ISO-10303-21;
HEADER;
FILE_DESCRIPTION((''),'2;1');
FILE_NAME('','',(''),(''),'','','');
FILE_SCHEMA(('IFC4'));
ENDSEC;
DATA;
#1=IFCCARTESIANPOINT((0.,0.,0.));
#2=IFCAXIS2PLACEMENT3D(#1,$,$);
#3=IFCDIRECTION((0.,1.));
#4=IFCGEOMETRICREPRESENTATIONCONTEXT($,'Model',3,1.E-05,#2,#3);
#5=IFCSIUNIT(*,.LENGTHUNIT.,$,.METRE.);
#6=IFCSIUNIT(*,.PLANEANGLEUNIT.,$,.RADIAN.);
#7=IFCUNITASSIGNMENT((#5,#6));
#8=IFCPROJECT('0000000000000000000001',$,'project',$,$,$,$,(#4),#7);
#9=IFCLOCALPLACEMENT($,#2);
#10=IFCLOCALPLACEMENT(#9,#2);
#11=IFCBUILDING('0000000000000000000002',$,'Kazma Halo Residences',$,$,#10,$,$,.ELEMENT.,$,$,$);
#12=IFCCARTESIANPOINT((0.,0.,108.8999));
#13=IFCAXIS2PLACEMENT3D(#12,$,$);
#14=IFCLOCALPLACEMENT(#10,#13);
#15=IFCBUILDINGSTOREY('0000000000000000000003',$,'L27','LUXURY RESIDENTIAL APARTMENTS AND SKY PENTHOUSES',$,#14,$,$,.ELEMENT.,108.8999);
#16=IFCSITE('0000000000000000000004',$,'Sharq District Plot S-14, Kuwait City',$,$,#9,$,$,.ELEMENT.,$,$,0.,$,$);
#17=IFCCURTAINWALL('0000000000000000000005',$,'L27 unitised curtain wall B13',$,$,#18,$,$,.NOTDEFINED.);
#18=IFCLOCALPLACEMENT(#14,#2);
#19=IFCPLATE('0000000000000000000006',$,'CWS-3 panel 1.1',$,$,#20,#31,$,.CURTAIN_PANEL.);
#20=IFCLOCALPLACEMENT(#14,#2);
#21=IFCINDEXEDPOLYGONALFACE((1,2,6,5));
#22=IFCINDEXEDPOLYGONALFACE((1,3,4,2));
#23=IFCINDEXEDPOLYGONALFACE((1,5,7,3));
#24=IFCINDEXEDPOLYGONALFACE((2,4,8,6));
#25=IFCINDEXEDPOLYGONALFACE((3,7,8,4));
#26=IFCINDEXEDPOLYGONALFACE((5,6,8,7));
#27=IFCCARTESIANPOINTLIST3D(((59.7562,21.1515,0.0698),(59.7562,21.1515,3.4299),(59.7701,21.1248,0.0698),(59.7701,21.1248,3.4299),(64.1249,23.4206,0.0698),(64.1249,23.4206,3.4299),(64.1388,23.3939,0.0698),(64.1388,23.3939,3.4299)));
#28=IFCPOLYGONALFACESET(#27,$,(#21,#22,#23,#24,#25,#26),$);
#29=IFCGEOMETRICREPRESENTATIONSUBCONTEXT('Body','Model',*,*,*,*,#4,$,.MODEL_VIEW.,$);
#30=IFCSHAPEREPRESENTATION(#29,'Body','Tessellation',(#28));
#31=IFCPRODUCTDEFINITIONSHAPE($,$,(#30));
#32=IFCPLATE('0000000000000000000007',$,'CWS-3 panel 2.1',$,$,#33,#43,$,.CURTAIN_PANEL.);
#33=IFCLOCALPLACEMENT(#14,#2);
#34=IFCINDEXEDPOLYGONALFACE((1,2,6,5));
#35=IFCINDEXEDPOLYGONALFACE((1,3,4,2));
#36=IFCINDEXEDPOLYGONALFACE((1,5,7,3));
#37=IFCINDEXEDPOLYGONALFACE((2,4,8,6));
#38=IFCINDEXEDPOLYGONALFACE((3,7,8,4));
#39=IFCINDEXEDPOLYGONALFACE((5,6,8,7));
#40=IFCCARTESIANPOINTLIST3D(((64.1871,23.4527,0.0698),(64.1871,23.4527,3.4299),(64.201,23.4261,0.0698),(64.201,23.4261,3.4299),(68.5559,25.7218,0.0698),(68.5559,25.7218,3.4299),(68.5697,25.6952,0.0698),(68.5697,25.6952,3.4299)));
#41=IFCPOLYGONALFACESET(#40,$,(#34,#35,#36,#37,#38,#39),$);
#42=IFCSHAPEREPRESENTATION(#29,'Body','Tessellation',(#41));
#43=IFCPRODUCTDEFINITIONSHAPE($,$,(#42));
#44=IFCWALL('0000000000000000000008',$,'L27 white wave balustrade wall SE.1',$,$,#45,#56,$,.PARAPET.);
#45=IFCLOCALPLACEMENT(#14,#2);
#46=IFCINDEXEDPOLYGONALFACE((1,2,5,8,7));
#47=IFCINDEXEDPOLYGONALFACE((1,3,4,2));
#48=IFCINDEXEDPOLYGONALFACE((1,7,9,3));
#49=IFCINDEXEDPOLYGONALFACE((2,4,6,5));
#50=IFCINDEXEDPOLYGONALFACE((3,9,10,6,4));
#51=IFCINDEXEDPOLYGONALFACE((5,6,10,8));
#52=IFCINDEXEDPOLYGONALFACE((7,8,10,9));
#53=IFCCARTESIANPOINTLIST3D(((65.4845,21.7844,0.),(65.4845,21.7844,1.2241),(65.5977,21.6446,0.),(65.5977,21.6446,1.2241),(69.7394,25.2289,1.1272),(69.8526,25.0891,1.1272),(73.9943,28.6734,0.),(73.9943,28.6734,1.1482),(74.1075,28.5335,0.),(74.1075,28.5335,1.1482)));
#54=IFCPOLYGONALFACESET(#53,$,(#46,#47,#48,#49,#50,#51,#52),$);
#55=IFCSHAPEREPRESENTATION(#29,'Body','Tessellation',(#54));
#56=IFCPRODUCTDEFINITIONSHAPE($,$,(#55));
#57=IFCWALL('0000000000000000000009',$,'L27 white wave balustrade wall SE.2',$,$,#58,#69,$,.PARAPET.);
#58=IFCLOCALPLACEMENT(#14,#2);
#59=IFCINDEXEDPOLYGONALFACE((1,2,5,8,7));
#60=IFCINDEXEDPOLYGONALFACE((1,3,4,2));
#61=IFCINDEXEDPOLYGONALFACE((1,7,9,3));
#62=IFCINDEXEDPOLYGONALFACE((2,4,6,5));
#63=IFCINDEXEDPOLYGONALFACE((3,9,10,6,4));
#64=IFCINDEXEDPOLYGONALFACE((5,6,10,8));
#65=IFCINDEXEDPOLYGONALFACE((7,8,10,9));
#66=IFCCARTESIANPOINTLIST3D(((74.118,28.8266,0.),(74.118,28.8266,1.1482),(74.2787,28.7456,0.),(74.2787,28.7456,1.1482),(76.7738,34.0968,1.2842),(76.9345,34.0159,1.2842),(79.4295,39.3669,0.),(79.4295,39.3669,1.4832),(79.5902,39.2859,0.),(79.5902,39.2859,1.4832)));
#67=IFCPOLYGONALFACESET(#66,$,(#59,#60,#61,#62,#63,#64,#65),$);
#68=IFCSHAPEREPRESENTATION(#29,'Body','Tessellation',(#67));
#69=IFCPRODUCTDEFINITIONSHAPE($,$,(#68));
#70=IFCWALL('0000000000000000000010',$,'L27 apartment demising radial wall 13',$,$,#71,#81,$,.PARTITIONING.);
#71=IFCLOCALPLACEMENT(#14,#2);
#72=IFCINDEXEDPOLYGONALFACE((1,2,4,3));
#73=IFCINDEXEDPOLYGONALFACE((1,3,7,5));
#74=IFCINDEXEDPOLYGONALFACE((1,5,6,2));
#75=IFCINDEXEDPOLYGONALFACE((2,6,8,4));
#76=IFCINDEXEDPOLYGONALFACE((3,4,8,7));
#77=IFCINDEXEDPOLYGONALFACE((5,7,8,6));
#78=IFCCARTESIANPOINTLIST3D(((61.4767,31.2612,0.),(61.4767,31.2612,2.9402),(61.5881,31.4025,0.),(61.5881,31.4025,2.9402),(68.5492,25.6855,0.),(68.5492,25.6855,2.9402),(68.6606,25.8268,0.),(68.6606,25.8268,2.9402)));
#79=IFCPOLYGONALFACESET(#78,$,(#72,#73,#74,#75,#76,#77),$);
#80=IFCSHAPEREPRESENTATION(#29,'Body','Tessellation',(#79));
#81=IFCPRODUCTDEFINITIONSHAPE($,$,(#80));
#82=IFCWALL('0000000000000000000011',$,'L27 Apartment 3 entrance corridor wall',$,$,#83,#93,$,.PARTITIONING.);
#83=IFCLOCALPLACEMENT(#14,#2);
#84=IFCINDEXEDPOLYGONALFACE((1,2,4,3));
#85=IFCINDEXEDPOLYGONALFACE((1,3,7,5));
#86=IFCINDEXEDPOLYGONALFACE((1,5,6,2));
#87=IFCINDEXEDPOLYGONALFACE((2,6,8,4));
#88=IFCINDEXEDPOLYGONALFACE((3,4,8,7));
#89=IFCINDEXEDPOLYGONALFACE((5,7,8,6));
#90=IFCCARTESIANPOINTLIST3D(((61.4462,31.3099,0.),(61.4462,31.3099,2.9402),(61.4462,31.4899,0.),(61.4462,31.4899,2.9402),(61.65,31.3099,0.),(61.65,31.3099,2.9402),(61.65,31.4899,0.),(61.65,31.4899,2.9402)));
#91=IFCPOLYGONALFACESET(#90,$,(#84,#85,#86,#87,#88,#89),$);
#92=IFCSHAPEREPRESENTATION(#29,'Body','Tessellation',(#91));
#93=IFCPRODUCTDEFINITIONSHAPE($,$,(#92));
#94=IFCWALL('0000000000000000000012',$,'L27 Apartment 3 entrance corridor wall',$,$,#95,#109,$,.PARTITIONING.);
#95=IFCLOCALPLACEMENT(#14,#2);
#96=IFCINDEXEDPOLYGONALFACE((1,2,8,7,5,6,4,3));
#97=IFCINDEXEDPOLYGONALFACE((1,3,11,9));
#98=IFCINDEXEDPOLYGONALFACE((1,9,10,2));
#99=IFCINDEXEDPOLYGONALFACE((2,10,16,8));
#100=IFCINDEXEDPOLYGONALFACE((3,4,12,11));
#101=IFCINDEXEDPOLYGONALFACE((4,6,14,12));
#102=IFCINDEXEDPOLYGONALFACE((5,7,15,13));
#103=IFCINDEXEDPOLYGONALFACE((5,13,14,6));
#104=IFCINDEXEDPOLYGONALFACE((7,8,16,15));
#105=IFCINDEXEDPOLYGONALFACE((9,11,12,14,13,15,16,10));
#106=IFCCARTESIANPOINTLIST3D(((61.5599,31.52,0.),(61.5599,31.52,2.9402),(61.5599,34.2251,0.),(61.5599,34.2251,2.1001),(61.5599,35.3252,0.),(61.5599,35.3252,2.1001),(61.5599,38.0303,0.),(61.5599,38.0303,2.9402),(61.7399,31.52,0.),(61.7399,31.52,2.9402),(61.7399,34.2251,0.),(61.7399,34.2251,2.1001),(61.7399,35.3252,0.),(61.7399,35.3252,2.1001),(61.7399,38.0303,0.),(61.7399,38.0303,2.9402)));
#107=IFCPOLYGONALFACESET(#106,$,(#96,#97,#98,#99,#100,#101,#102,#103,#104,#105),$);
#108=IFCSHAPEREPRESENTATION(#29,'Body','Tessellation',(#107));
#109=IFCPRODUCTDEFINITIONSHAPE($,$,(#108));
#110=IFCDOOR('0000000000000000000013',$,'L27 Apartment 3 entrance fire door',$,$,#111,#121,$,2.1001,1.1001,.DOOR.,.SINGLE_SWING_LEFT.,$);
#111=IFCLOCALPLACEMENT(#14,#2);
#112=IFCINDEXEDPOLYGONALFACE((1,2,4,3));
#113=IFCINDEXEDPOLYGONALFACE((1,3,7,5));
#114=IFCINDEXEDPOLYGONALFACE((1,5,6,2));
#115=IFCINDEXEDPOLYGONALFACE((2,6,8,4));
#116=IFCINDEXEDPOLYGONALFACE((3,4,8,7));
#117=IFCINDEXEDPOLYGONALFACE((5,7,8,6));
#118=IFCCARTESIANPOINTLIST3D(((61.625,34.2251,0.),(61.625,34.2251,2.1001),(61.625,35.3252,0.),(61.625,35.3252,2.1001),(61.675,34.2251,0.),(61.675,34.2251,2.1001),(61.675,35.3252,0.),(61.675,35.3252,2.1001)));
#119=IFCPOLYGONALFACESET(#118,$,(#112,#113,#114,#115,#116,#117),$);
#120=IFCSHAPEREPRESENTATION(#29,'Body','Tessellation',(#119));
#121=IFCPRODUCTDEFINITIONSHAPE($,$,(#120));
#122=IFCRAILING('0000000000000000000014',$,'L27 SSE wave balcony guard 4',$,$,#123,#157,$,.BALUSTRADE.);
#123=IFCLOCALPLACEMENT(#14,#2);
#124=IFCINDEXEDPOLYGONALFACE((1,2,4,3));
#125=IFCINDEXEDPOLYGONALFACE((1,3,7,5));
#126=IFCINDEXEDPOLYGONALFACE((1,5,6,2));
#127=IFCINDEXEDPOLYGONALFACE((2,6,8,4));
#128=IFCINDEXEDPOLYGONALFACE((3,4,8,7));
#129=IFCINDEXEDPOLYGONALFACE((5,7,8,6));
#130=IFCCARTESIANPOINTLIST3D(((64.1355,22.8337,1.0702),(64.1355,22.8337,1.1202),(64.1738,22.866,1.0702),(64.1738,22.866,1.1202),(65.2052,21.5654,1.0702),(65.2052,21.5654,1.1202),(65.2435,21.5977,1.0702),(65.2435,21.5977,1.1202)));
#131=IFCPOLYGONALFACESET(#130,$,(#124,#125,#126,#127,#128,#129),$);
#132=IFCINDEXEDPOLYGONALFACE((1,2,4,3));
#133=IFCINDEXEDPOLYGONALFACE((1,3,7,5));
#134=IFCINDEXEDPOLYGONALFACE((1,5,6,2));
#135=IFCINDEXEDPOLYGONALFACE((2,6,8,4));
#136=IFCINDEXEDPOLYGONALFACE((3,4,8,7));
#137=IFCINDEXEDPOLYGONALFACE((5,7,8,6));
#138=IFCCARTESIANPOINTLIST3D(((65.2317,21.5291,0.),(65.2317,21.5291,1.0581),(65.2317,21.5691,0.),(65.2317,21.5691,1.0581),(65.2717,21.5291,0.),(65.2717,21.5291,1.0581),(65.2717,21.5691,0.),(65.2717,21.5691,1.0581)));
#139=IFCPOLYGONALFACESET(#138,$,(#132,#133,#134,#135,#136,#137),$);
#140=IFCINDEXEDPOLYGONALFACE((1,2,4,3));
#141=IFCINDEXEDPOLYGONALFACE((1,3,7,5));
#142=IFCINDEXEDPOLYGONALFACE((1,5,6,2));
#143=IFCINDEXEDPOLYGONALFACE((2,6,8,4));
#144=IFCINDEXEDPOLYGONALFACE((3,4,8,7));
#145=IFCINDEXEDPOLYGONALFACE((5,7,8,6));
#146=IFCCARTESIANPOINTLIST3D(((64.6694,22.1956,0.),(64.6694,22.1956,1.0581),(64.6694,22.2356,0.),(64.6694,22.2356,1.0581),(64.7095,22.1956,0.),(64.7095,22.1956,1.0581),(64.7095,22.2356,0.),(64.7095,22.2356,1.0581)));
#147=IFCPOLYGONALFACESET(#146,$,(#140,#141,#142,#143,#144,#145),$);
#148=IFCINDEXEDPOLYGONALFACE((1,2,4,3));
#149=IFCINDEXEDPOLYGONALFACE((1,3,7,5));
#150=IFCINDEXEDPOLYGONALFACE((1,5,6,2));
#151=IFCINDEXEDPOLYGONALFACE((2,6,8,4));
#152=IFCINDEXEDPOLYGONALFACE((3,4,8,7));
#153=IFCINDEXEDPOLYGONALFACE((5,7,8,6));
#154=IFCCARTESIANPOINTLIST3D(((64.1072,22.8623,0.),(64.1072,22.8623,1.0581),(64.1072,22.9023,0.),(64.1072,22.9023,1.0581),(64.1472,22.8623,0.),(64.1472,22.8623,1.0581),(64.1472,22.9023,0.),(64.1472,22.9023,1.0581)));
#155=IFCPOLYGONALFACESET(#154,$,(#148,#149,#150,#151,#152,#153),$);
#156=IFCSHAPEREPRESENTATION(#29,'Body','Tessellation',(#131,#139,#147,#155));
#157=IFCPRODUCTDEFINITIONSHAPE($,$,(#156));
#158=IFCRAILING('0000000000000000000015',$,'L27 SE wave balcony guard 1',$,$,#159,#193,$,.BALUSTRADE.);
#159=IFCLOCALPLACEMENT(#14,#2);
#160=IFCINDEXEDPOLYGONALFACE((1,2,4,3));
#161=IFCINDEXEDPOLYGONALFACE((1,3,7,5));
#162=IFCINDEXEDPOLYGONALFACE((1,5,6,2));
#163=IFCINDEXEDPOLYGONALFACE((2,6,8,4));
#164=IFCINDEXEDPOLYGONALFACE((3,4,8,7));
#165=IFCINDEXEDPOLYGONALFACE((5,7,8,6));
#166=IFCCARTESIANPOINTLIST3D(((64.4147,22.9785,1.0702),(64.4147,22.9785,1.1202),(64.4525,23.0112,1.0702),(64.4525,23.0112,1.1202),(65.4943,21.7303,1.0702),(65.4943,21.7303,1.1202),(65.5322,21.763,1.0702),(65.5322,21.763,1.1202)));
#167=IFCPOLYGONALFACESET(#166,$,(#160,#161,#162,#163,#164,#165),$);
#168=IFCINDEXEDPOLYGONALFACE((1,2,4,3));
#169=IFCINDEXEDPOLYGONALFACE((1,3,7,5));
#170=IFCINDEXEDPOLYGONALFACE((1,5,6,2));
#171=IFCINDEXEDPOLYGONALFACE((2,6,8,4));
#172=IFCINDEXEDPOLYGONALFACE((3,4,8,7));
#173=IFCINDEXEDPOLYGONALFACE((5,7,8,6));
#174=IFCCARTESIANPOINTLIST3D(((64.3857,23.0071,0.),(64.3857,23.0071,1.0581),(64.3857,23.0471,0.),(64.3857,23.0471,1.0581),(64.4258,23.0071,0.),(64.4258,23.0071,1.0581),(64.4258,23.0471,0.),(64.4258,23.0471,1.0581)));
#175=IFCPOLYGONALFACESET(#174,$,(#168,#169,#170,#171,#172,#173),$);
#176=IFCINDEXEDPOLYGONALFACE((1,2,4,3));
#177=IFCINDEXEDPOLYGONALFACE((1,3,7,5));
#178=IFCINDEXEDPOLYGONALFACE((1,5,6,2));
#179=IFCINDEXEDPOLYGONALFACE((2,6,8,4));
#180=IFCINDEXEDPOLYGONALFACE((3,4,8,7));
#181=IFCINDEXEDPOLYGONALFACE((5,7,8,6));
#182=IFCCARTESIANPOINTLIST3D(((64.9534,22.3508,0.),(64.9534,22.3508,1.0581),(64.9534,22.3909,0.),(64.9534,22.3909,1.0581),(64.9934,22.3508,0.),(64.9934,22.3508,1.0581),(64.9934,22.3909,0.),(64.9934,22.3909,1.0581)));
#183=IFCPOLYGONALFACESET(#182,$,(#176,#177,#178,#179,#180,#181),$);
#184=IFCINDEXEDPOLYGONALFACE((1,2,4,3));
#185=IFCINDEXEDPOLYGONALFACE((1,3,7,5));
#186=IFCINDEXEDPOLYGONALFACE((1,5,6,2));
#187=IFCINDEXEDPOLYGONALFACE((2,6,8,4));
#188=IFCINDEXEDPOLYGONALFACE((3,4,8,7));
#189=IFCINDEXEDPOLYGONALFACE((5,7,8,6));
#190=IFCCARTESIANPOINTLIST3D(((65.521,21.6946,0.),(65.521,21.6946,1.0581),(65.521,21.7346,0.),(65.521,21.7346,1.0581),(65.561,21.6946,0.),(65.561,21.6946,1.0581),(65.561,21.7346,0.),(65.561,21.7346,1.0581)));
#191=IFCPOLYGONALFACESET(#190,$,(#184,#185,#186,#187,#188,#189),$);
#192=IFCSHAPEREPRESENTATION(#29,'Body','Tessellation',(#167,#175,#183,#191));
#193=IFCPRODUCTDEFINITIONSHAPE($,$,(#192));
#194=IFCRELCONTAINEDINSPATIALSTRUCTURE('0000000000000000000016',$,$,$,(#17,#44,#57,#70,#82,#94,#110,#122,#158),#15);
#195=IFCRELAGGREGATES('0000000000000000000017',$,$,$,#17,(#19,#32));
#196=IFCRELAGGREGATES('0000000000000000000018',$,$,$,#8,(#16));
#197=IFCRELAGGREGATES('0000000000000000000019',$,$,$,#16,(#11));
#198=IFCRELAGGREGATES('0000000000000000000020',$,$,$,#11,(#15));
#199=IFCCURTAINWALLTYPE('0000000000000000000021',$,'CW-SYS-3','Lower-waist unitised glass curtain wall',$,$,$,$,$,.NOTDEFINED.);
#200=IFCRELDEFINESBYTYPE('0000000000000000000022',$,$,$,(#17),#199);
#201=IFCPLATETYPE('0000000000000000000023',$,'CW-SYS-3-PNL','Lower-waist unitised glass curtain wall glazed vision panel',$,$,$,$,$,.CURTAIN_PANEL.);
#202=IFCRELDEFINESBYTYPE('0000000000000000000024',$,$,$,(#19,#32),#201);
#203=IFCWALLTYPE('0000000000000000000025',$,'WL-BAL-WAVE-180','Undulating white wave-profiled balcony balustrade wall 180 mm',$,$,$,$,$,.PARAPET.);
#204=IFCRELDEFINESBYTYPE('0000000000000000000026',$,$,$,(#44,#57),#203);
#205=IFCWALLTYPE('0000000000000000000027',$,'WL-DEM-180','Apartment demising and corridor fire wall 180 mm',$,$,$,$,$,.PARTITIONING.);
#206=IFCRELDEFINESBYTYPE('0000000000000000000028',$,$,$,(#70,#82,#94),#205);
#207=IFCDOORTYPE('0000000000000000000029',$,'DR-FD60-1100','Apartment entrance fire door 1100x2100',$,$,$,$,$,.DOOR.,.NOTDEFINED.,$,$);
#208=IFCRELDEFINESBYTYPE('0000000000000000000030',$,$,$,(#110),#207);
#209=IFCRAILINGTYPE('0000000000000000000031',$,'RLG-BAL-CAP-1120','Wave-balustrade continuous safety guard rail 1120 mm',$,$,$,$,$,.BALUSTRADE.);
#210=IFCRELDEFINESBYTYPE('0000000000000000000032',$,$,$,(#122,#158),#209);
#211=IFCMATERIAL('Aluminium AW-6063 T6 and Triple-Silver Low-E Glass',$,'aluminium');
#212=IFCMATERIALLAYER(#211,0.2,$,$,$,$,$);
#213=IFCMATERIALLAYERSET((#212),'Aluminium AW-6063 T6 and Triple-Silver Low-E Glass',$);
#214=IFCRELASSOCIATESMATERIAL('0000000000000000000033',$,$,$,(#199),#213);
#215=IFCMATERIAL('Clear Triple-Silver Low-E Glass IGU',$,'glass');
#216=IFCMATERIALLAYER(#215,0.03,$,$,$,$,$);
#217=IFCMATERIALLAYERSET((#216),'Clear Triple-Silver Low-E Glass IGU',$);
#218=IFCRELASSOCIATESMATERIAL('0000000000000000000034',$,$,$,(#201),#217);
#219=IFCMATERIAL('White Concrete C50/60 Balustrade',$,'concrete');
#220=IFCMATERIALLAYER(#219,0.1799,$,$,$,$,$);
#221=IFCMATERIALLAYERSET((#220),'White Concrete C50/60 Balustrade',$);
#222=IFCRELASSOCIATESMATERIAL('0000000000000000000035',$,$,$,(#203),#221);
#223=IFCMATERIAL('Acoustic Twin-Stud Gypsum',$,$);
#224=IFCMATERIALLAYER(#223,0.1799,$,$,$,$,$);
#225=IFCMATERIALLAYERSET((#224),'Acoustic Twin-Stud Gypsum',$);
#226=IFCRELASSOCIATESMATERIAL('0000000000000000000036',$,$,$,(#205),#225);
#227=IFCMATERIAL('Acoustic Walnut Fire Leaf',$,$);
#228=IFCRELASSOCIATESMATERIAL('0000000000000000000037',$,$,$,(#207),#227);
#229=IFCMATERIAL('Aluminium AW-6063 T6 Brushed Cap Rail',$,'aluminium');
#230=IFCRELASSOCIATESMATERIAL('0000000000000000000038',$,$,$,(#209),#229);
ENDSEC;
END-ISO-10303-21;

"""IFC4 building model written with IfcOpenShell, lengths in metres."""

from ifc_helpers import new_model, si_unit, direction, frame, frame_2d, origin, origin_2d, place, context, subcontext, project, spatial, polyline, rectangle, outline, extrude, material, layer, layer_set, type_object, element, fill, aggregate, save


model = new_model("IFC4")

# Units and contexts
model_context = context("Model", 3, precision=1e-05, world=origin(), true_north=direction((0.0, 1.0)))
body_context = subcontext(model_context, "Body", "Model", "MODEL_VIEW")
ifc_project = project(units=[si_unit("LENGTHUNIT", "METRE"), si_unit("PLANEANGLEUNIT", "RADIAN")], contexts=[model_context])

# Site, building, storey
site_placement = place(None, origin())
site = spatial("IfcSite", under=ifc_project, at=site_placement, Name="Sharq District Plot S-14, Kuwait City", CompositionType="ELEMENT", RefElevation=0.0)
building_placement = place(site_placement, origin())
building = spatial("IfcBuilding", under=site, at=building_placement, Name="Kazma Halo Residences", CompositionType="ELEMENT")
storey_placement = place(building_placement, frame((0.0, 0.0, 108.8999)))
storey = spatial("IfcBuildingStorey", under=building, at=storey_placement, Name="L27", Description="LUXURY RESIDENTIAL APARTMENTS AND SKY PENTHOUSES", CompositionType="ELEMENT", Elevation=108.8999)

# Curtain wall
ifc_material_1 = material(Name="Aluminium AW-6063 T6 and Triple-Silver Low-E Glass", Category="aluminium")
ifc_layer_1 = layer(ifc_material_1, 0.2)
ifc_layer_set_1 = layer_set([ifc_layer_1], Name="Aluminium AW-6063 T6 and Triple-Silver Low-E Glass")
curtain_wall_type = type_object("IfcCurtainWallType", Name="CW-SYS-3", Description="Lower-waist unitised glass curtain wall", PredefinedType="NOTDEFINED", material=ifc_layer_set_1)
curtain_wall_1_placement = place(storey_placement, origin())
curtain_wall_1 = element("IfcCurtainWall", 1, at=curtain_wall_1_placement, inside=storey, type_object=curtain_wall_type, Name="L27 unitised curtain wall B13", PredefinedType="NOTDEFINED")

# Plates
ifc_material_2 = material(Name="Clear Triple-Silver Low-E Glass IGU", Category="glass")
ifc_layer_2 = layer(ifc_material_2, 0.03)
ifc_layer_set_2 = layer_set([ifc_layer_2], Name="Clear Triple-Silver Low-E Glass IGU")
plate_type = type_object("IfcPlateType", Name="CW-SYS-3-PNL", Description="Lower-waist unitised glass curtain wall glazed vision panel", PredefinedType="CURTAIN_PANEL", material=ifc_layer_set_2)
plate_1_placement = place(storey_placement, frame((61.9475, 22.2727, 0.0698), z_axis=(0.0, 0.0, 1.0), x_axis=(0.887435, 0.460932, 0.0)))
plate_1 = element("IfcPlate", 2, at=plate_1_placement, type_object=plate_type, Name="CWS-3 panel 1.1", PredefinedType="CURTAIN_PANEL", context=body_context, shape_type="SweptSolid", body=[
    extrude(rectangle(XDim=4.9229, YDim=0.03, at=origin_2d()), origin(), (0.0, 0.0, 1.0), 3.3601),
])
plate_2_placement = place(storey_placement, frame((66.3784, 24.574, 0.0698), z_axis=(0.0, 0.0, 1.0), x_axis=(0.887435, 0.460932, 0.0)))
plate_2 = element("IfcPlate", 3, at=plate_2_placement, type_object=plate_type, Name="CWS-3 panel 2.1", PredefinedType="CURTAIN_PANEL", context=body_context, shape_type="SweptSolid", body=[
    extrude(rectangle(XDim=4.9229, YDim=0.03, at=origin_2d()), origin(), (0.0, 0.0, 1.0), 3.3601),
])
aggregate(curtain_wall_1, [plate_1, plate_2])

# Walls
ifc_material_3 = material(Name="White Concrete C50/60 Balustrade", Category="concrete")
ifc_layer_3 = layer(ifc_material_3, 0.1799)
ifc_layer_set_3 = layer_set([ifc_layer_3], Name="White Concrete C50/60 Balustrade")
wall_type_1 = type_object("IfcWallType", Name="WL-BAL-WAVE-180", Description="Undulating white wave-profiled balcony balustrade wall 180 mm", PredefinedType="PARAPET", material=ifc_layer_set_3)
wall_1_placement = place(storey_placement, frame((65.541, 21.7146, 0.0), z_axis=(0.0, 0.0, 1.0), x_axis=(0.777242, 0.629201, 0.0)))
element("IfcWall", 4, at=wall_1_placement, inside=storey, type_object=wall_type_1, Name="L27 white wave balustrade wall SE.1", PredefinedType="PARAPET", context=body_context, shape_type="SweptSolid", body=[
    extrude(outline(polyline([(0.0, 0.0), (10.9487, 0.0), (10.9487, 1.1482), (5.4744, 1.1272), (0.0, 1.2241), (0.0, 0.0)])), frame((0.0, 0.0898, 0.0), z_axis=(0.0, -1.0, 0.0), x_axis=(1.0, 0.0, 0.0)), (0.0, 0.0, 1.0), 0.1799),
])
wall_2_placement = place(storey_placement, frame((74.1982, 28.7861, 0.0), z_axis=(0.0, 0.0, 1.0), x_axis=(0.450016, 0.89302, 0.0)))
element("IfcWall", 5, at=wall_2_placement, inside=storey, type_object=wall_type_1, Name="L27 white wave balustrade wall SE.2", PredefinedType="PARAPET", context=body_context, shape_type="SweptSolid", body=[
    extrude(outline(polyline([(0.0, 0.0), (11.803, 0.0), (11.803, 1.4832), (5.9016, 1.2842), (0.0, 1.1482), (0.0, 0.0)])), frame((0.0, 0.0898, 0.0), z_axis=(0.0, -1.0, 0.0), x_axis=(1.0, 0.0, 0.0)), (0.0, 0.0, 1.0), 0.1799),
])
ifc_material_4 = material(Name="Acoustic Twin-Stud Gypsum")
ifc_layer_4 = layer(ifc_material_4, 0.1799)
ifc_layer_set_4 = layer_set([ifc_layer_4], Name="Acoustic Twin-Stud Gypsum")
wall_type_2 = type_object("IfcWallType", Name="WL-DEM-180", Description="Apartment demising and corridor fire wall 180 mm", PredefinedType="PARTITIONING", material=ifc_layer_set_4)
wall_3_placement = place(storey_placement, frame((61.5325, 31.3318, 0.0), z_axis=(0.0, 0.0, 1.0), x_axis=(0.785308, -0.619105, 0.0)))
element("IfcWall", 6, at=wall_3_placement, inside=storey, type_object=wall_type_2, Name="L27 apartment demising radial wall 13", PredefinedType="PARTITIONING", context=body_context, shape_type="SweptSolid", body=[
    extrude(rectangle(XDim=9.0061, YDim=0.1799, at=frame_2d((4.5029, 0.0))), origin(), (0.0, 0.0, 1.0), 2.9402),
])
wall_4_placement = place(storey_placement, frame((61.446, 31.3999, 0.0), z_axis=(0.0, 0.0, 1.0), x_axis=(1.0, 0.0, 0.0)))
element("IfcWall", 7, at=wall_4_placement, inside=storey, type_object=wall_type_2, Name="L27 Apartment 3 entrance corridor wall", PredefinedType="PARTITIONING", context=body_context, shape_type="SweptSolid", body=[
    extrude(rectangle(XDim=0.2039, YDim=0.1799, at=frame_2d((0.1021, 0.0))), origin(), (0.0, 0.0, 1.0), 2.9402),
])

# Wall, opening, door
wall_5_placement = place(storey_placement, frame((61.6499, 31.52, 0.0), z_axis=(0.0, 0.0, 1.0), x_axis=(0.0, 1.0, 0.0)))
wall_5 = element("IfcWall", 8, at=wall_5_placement, inside=storey, type_object=wall_type_2, Name="L27 Apartment 3 entrance corridor wall", PredefinedType="PARTITIONING", context=body_context, shape_type="SweptSolid", body=[
    extrude(rectangle(XDim=6.5103, YDim=0.1799, at=frame_2d((3.2551, 0.0))), origin(), (0.0, 0.0, 1.0), 2.9402),
])
opening_1_placement = place(wall_5_placement, frame((2.7051, 0.0, 0.0)))
opening_1 = element("IfcOpeningElement", 9, at=opening_1_placement, cuts=wall_5, PredefinedType="OPENING", context=body_context, shape_type="SweptSolid", body=[
    extrude(rectangle(XDim=1.1001, YDim=2.1001, at=frame_2d((0.55, 1.05))), frame((0.0, 0.0999, 0.0), z_axis=(0.0, -1.0, 0.0), x_axis=(1.0, 0.0, 0.0)), (0.0, 0.0, 1.0), 0.2),
])
ifc_material_5 = material(Name="Acoustic Walnut Fire Leaf")
door_type_1 = type_object("IfcDoorType", Name="DR-FD60-1100", Description="Apartment entrance fire door 1100x2100", OperationType="NOTDEFINED", PredefinedType="DOOR", material=ifc_material_5)
door_1_placement = place(opening_1_placement, origin())
door_1 = element("IfcDoor", 10, at=door_1_placement, inside=storey, type_object=door_type_1, Name="L27 Apartment 3 entrance fire door", OperationType="SINGLE_SWING_LEFT", OverallHeight=2.1001, OverallWidth=1.1001, PredefinedType="DOOR", context=body_context, shape_type="SweptSolid", body=[
    extrude(rectangle(XDim=1.1001, YDim=2.1001, at=frame_2d((0.55, 1.05))), frame((0.0, 0.0249, 0.0), z_axis=(0.0, -1.0, 0.0), x_axis=(1.0, 0.0, 0.0)), (0.0, 0.0, 1.0), 0.05),
])
fill(opening_1, door_1)

# Railings
ifc_material_6 = material(Name="Aluminium AW-6063 T6 Brushed Cap Rail", Category="aluminium")
railing_type = type_object("IfcRailingType", Name="RLG-BAL-CAP-1120", Description="Wave-balustrade continuous safety guard rail 1120 mm", PredefinedType="BALUSTRADE", material=ifc_material_6)
railing_1_placement = place(storey_placement, frame((65.2517, 21.5491, 0.0)))
element("IfcRailing", 11, at=railing_1_placement, inside=storey, type_object=railing_type, Name="L27 SSE wave balcony guard 4", PredefinedType="BALUSTRADE", context=body_context, shape_type="SweptSolid", body=[
    extrude(rectangle(XDim=0.05, YDim=0.05, at=origin_2d()), frame((-0.0273, 0.0325, 1.0952), z_axis=(-0.64473, 0.76441, 0.0), x_axis=(-0.76441, -0.64473, 0.0)), (0.0, 0.0, 1.0), 1.6592),
    extrude(rectangle(XDim=0.04, YDim=0.04, at=origin_2d()), origin(), (0.0, 0.0, 1.0), 1.0581),
    extrude(rectangle(XDim=0.04, YDim=0.04, at=origin_2d()), frame((-0.5623, 0.6665, 0.0)), (0.0, 0.0, 1.0), 1.0581),
    extrude(rectangle(XDim=0.04, YDim=0.04, at=origin_2d()), frame((-1.1245, 1.3333, 0.0)), (0.0, 0.0, 1.0), 1.0581),
])
railing_2_placement = place(storey_placement, frame((64.4058, 23.0271, 0.0)))
element("IfcRailing", 12, at=railing_2_placement, inside=storey, type_object=railing_type, Name="L27 SE wave balcony guard 1", PredefinedType="BALUSTRADE", context=body_context, shape_type="SweptSolid", body=[
    extrude(rectangle(XDim=0.05, YDim=0.05, at=origin_2d()), frame((0.0278, -0.0322, 1.0952), z_axis=(0.654191, -0.756329, 0.0), x_axis=(0.756329, 0.654191, 0.0)), (0.0, 0.0, 1.0), 1.6504),
    extrude(rectangle(XDim=0.04, YDim=0.04, at=origin_2d()), origin(), (0.0, 0.0, 1.0), 1.0581),
    extrude(rectangle(XDim=0.04, YDim=0.04, at=origin_2d()), frame((0.5676, -0.6562, 0.0)), (0.0, 0.0, 1.0), 1.0581),
    extrude(rectangle(XDim=0.04, YDim=0.04, at=origin_2d()), frame((1.1353, -1.3125, 0.0)), (0.0, 0.0, 1.0), 1.0581),
])

save(model, "model.ifc")
